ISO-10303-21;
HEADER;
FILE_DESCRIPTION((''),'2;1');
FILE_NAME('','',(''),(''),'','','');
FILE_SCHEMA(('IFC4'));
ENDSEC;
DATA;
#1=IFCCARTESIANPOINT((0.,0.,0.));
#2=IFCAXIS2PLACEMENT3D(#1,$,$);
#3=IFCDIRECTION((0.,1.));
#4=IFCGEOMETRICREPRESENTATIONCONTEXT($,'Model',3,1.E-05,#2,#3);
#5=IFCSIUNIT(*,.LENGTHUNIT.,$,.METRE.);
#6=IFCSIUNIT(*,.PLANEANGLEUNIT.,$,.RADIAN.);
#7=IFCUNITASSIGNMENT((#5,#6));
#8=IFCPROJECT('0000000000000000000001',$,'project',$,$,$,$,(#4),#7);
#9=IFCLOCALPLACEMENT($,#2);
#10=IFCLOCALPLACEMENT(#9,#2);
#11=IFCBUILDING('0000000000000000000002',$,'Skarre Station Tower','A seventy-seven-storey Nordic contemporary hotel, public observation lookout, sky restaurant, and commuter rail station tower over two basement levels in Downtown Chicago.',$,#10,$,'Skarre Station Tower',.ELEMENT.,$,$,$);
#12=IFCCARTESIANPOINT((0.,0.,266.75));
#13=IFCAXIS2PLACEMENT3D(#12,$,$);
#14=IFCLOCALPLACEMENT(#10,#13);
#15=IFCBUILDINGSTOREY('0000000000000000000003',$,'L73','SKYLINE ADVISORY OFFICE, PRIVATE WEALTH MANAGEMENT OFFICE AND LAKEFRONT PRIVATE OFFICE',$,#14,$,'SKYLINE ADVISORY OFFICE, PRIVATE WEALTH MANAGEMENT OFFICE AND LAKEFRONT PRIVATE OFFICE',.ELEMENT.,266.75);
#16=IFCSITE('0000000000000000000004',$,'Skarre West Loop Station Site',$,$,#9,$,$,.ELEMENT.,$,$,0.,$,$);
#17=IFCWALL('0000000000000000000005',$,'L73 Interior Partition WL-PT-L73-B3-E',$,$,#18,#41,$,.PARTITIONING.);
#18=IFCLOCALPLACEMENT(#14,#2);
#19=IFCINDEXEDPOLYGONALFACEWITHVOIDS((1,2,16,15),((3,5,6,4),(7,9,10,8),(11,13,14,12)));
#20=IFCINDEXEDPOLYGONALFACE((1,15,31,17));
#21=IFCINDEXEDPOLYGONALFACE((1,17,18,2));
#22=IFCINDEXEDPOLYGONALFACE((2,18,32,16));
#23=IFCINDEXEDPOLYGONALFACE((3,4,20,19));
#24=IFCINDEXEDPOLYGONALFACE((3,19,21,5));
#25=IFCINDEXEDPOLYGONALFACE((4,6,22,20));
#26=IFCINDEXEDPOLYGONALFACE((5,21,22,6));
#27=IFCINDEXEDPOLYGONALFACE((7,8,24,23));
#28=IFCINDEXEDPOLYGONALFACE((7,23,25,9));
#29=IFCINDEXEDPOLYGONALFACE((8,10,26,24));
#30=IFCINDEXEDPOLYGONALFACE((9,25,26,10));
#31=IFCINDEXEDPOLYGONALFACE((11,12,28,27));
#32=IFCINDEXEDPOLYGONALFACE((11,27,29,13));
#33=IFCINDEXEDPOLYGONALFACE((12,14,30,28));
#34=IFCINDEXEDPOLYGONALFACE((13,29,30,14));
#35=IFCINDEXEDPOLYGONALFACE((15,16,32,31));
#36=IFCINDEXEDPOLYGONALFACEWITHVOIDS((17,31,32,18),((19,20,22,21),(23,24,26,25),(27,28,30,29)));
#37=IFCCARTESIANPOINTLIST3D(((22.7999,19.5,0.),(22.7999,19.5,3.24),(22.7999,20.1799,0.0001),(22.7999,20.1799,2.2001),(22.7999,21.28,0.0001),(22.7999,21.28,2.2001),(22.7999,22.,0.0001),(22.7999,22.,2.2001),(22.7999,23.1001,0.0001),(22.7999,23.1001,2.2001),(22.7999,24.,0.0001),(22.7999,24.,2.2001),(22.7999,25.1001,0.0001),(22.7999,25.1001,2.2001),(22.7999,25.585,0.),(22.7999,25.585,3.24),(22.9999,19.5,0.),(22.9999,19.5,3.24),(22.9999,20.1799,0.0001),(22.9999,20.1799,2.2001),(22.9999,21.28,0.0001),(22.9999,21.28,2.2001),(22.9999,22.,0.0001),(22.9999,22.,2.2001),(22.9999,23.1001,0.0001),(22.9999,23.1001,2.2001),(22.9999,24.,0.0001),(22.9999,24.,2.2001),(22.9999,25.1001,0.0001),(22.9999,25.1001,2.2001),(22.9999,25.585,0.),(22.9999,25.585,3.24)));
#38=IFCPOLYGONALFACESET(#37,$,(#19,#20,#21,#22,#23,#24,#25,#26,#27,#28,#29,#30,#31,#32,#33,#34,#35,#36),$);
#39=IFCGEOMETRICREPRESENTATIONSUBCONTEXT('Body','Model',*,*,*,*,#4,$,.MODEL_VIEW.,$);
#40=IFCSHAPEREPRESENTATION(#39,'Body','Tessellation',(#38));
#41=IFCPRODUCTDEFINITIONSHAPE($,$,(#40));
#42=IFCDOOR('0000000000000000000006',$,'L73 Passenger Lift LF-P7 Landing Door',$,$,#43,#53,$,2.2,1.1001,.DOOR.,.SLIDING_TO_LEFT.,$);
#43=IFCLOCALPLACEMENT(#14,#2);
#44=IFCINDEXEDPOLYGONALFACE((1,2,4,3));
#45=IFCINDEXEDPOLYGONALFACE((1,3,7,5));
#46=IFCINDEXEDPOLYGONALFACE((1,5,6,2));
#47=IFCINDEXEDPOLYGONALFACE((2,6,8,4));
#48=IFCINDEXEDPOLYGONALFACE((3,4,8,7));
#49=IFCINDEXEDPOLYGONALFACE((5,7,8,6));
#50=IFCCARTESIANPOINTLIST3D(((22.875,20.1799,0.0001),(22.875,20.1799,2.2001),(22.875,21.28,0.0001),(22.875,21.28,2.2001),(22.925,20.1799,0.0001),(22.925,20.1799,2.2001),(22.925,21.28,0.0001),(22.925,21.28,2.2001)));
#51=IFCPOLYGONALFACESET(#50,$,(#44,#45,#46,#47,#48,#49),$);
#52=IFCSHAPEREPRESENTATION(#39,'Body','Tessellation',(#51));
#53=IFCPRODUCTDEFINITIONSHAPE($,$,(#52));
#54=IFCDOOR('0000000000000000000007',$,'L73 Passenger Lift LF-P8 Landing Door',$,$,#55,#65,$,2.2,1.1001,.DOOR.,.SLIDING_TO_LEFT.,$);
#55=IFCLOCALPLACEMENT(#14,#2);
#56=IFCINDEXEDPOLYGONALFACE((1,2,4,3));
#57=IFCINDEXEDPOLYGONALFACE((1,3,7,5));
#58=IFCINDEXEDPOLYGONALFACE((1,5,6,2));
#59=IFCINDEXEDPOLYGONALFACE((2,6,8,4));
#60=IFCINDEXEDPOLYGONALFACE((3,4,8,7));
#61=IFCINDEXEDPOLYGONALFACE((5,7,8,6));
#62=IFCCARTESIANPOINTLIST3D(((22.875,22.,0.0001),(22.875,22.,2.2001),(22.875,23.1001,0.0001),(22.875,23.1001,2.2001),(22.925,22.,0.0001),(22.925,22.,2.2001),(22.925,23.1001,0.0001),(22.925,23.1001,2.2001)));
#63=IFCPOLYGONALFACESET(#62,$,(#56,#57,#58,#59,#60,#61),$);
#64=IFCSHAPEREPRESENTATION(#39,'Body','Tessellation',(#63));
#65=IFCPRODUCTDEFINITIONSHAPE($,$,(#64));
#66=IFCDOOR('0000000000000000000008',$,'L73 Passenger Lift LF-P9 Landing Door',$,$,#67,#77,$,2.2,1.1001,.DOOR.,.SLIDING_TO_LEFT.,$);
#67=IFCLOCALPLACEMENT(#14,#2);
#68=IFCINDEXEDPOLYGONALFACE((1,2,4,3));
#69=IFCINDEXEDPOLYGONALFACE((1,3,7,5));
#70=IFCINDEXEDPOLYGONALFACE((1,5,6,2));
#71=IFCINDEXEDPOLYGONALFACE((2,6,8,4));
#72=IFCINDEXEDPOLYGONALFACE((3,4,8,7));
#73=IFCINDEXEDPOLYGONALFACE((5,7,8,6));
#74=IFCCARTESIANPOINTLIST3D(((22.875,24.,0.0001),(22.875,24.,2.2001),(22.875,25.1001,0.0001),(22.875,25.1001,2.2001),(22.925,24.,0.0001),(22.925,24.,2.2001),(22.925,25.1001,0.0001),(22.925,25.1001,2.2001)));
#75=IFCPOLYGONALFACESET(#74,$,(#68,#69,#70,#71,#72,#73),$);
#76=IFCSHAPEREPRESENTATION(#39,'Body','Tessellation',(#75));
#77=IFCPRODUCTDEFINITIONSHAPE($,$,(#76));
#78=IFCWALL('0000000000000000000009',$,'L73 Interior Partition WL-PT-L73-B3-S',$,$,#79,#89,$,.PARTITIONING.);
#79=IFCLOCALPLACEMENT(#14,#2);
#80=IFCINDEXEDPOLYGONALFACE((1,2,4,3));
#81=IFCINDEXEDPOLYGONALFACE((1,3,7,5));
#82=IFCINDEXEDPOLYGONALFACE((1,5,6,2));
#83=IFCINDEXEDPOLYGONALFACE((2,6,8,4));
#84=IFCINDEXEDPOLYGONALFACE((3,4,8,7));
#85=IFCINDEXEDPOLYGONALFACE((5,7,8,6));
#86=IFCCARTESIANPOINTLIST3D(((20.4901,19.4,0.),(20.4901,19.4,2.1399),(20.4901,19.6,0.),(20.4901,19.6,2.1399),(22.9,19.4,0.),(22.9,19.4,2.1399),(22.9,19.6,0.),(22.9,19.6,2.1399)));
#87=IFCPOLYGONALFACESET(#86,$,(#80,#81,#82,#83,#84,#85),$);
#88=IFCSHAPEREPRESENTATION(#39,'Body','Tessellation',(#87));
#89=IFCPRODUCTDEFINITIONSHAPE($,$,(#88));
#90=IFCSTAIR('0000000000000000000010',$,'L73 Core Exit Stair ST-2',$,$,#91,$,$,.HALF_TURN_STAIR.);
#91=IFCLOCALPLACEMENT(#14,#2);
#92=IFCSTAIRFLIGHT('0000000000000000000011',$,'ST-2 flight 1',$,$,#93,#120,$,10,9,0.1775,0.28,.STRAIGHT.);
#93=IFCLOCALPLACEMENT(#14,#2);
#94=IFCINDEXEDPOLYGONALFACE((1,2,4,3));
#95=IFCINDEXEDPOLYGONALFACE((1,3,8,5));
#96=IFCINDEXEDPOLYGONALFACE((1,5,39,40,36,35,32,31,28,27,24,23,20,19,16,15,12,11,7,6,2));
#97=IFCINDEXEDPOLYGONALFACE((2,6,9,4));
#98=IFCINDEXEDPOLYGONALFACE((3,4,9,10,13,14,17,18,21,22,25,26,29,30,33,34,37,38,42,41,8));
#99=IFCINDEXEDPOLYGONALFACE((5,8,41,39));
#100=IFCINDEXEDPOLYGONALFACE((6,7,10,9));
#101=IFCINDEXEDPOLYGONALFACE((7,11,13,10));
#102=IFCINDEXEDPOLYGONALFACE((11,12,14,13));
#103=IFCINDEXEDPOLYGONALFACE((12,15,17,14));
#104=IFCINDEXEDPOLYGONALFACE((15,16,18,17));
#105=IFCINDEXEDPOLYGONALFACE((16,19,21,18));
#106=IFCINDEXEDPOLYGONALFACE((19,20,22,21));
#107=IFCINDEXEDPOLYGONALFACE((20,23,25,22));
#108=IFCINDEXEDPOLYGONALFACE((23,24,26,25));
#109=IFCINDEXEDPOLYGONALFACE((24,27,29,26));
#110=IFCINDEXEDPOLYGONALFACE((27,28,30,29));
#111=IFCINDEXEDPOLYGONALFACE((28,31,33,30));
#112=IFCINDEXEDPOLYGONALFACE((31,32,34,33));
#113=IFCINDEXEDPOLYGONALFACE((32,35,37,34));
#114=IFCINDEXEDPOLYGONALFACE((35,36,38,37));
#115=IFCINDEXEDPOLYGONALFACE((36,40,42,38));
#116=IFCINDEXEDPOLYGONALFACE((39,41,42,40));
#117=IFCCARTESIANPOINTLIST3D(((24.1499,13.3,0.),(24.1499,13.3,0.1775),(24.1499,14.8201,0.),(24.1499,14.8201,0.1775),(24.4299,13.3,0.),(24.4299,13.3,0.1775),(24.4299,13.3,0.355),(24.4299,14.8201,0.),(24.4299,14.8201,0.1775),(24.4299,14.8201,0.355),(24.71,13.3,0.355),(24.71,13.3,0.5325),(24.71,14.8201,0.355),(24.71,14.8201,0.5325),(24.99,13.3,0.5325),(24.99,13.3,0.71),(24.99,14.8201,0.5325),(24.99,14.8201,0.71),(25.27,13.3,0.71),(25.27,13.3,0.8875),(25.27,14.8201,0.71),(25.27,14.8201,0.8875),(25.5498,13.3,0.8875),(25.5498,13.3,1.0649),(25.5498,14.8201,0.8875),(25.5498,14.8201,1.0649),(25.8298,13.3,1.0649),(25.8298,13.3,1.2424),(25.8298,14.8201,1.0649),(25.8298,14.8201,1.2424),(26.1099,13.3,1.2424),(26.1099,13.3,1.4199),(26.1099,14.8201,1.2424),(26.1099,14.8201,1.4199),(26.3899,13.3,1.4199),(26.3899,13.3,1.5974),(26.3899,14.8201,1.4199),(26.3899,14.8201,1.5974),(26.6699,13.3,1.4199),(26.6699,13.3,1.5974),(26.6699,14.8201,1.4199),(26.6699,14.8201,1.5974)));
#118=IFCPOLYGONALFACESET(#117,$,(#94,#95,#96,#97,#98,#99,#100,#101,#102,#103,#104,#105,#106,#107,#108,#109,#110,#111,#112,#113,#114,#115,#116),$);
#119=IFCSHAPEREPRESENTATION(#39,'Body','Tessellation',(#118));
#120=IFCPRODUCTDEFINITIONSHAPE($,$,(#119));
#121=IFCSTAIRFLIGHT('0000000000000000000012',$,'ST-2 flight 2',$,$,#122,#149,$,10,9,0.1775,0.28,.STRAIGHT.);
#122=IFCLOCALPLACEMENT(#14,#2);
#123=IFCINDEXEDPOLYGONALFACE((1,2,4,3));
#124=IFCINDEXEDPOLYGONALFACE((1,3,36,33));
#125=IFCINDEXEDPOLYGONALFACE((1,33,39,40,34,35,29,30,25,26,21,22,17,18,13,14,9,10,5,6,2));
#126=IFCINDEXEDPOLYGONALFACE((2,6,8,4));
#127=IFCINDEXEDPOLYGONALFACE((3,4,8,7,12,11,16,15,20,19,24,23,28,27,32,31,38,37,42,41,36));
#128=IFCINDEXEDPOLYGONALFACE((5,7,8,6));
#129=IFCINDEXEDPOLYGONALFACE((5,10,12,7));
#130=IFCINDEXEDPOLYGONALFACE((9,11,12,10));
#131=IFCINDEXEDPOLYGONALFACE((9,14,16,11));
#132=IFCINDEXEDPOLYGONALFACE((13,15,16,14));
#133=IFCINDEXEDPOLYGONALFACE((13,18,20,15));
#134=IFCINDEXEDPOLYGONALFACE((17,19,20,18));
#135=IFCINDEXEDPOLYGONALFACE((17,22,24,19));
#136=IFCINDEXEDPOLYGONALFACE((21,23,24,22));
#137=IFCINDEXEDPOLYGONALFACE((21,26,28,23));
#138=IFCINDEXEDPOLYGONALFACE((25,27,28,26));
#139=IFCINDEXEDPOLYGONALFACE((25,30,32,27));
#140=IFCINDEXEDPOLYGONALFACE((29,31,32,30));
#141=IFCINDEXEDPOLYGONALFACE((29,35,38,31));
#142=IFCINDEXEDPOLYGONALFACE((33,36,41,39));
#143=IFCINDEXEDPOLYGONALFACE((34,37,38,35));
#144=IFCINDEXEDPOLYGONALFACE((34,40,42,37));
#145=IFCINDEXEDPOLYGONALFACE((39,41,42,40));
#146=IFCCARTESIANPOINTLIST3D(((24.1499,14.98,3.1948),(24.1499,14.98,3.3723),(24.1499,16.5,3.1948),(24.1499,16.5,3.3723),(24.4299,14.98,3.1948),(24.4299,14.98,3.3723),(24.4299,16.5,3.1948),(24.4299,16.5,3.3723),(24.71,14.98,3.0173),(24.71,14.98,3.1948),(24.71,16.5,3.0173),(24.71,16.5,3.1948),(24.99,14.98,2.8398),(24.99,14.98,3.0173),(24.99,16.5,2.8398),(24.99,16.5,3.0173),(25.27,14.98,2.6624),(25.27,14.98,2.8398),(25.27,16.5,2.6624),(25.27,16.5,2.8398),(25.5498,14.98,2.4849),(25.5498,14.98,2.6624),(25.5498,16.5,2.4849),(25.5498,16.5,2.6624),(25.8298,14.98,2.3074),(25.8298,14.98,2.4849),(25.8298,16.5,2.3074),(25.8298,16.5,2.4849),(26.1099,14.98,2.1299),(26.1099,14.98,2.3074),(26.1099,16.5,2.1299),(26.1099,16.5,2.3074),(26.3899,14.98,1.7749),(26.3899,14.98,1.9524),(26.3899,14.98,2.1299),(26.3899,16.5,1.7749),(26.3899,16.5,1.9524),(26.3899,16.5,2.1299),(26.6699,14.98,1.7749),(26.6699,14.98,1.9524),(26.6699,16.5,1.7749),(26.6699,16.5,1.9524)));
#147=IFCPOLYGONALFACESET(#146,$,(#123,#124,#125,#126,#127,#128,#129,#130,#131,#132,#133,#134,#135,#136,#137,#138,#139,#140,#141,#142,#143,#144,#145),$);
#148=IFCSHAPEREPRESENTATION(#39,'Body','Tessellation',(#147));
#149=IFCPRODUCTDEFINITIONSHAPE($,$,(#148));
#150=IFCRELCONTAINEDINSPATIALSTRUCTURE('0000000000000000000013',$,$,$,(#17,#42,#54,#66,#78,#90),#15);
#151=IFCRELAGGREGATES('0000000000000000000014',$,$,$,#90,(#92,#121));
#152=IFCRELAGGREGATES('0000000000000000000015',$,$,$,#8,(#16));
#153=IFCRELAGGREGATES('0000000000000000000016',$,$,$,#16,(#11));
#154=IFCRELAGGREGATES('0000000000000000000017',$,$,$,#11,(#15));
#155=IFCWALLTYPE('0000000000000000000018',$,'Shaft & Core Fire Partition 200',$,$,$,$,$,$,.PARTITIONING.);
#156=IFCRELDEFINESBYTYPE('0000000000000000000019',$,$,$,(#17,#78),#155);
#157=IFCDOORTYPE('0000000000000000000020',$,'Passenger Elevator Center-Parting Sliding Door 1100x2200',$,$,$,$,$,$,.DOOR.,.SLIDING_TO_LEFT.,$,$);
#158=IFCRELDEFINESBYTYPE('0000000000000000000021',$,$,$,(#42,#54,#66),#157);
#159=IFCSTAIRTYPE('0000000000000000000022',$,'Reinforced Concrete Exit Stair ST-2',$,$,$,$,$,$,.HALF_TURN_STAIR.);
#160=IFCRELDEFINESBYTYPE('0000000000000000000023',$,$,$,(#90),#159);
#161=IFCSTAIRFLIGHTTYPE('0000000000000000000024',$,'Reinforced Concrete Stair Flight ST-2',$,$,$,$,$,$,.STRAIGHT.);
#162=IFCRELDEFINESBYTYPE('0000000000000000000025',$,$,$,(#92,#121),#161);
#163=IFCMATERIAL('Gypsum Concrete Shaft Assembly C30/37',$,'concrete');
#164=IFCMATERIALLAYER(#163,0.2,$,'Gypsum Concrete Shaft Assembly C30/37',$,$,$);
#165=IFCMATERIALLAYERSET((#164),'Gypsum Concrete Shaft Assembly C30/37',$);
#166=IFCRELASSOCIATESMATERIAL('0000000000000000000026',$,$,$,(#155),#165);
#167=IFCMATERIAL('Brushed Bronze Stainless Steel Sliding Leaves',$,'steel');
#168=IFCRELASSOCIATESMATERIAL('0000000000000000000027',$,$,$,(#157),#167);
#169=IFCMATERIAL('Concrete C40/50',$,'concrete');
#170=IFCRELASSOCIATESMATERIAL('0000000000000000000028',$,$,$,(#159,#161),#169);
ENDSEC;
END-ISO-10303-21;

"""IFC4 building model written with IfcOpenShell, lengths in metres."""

from ifc_helpers import new_model, si_unit, direction, frame, frame_2d, origin, place, context, subcontext, project, spatial, polyline, rectangle, outline, extrude, material, layer, layer_set, type_object, element, fill, aggregate, save


model = new_model("IFC4")

# Units and contexts
model_context = context("Model", 3, precision=1e-05, world=origin(), true_north=direction((0.0, 1.0)))
body_context = subcontext(model_context, "Body", "Model", "MODEL_VIEW")
ifc_project = project(units=[si_unit("LENGTHUNIT", "METRE"), si_unit("PLANEANGLEUNIT", "RADIAN")], contexts=[model_context])

# Site, building, storey
site_placement = place(None, origin())
site = spatial("IfcSite", under=ifc_project, at=site_placement, Name="Skarre West Loop Station Site", CompositionType="ELEMENT", RefElevation=0.0)
building_placement = place(site_placement, origin())
building = spatial("IfcBuilding", under=site, at=building_placement, Name="Skarre Station Tower", Description="A seventy-seven-storey Nordic contemporary hotel, public observation lookout, sky restaurant, and commuter rail station tower over two basement levels in Downtown Chicago.", LongName="Skarre Station Tower", CompositionType="ELEMENT")
storey_placement = place(building_placement, frame((0.0, 0.0, 266.75)))
storey = spatial("IfcBuildingStorey", under=building, at=storey_placement, Name="L73", Description="SKYLINE ADVISORY OFFICE, PRIVATE WEALTH MANAGEMENT OFFICE AND LAKEFRONT PRIVATE OFFICE", LongName="SKYLINE ADVISORY OFFICE, PRIVATE WEALTH MANAGEMENT OFFICE AND LAKEFRONT PRIVATE OFFICE", CompositionType="ELEMENT", Elevation=266.75)

# Wall, openings, doors
ifc_material_1 = material(Name="Gypsum Concrete Shaft Assembly C30/37", Category="concrete")
ifc_layer_1 = layer(ifc_material_1, 0.2, Name="Gypsum Concrete Shaft Assembly C30/37")
ifc_layer_set_1 = layer_set([ifc_layer_1], Name="Gypsum Concrete Shaft Assembly C30/37")
wall_type_1 = type_object("IfcWallType", Name="Shaft & Core Fire Partition 200", PredefinedType="PARTITIONING", material=ifc_layer_set_1)
wall_1_placement = place(storey_placement, frame((22.8999, 19.5, 0.0), z_axis=(0.0, 0.0, 1.0), x_axis=(0.0, 1.0, 0.0)))
wall_1 = element("IfcWall", 1, at=wall_1_placement, inside=storey, type_object=wall_type_1, Name="L73 Interior Partition WL-PT-L73-B3-E", PredefinedType="PARTITIONING", context=body_context, shape_type="SweptSolid", body=[
    extrude(rectangle(XDim=6.085, YDim=0.2, at=frame_2d((3.0425, 0.0))), origin(), (0.0, 0.0, 1.0), 3.24),
])
opening_1_placement = place(wall_1_placement, frame((0.6799, 0.0, 0.0)))
opening_1 = element("IfcOpeningElement", 2, at=opening_1_placement, cuts=wall_1, PredefinedType="OPENING", context=body_context, shape_type="SweptSolid", body=[
    extrude(rectangle(XDim=1.1001, YDim=2.2, at=frame_2d((0.55, 1.1001))), frame((0.0, 0.1099, 0.0), z_axis=(0.0, -1.0, 0.0), x_axis=(1.0, 0.0, 0.0)), (0.0, 0.0, 1.0), 0.22),
])
opening_2_placement = place(wall_1_placement, frame((2.5, 0.0, 0.0)))
opening_2 = element("IfcOpeningElement", 3, at=opening_2_placement, cuts=wall_1, PredefinedType="OPENING", context=body_context, shape_type="SweptSolid", body=[
    extrude(rectangle(XDim=1.1001, YDim=2.2, at=frame_2d((0.55, 1.1001))), frame((0.0, 0.1099, 0.0), z_axis=(0.0, -1.0, 0.0), x_axis=(1.0, 0.0, 0.0)), (0.0, 0.0, 1.0), 0.22),
])
opening_3_placement = place(wall_1_placement, frame((4.5, 0.0, 0.0)))
opening_3 = element("IfcOpeningElement", 4, at=opening_3_placement, cuts=wall_1, PredefinedType="OPENING", context=body_context, shape_type="SweptSolid", body=[
    extrude(rectangle(XDim=1.1001, YDim=2.2, at=frame_2d((0.55, 1.1001))), frame((0.0, 0.1099, 0.0), z_axis=(0.0, -1.0, 0.0), x_axis=(1.0, 0.0, 0.0)), (0.0, 0.0, 1.0), 0.22),
])
ifc_material_2 = material(Name="Brushed Bronze Stainless Steel Sliding Leaves", Category="steel")
door_type_1 = type_object("IfcDoorType", Name="Passenger Elevator Center-Parting Sliding Door 1100x2200", OperationType="SLIDING_TO_LEFT", PredefinedType="DOOR", material=ifc_material_2)
door_1_placement = place(opening_1_placement, origin())
door_1 = element("IfcDoor", 5, at=door_1_placement, inside=storey, type_object=door_type_1, Name="L73 Passenger Lift LF-P7 Landing Door", OperationType="SLIDING_TO_LEFT", OverallHeight=2.2, OverallWidth=1.1001, PredefinedType="DOOR", context=body_context, shape_type="SweptSolid", body=[
    extrude(rectangle(XDim=1.1001, YDim=2.2, at=frame_2d((0.55, 1.1001))), frame((0.0, 0.0249, 0.0), z_axis=(0.0, -1.0, 0.0), x_axis=(1.0, 0.0, 0.0)), (0.0, 0.0, 1.0), 0.05),
])
fill(opening_1, door_1)
door_2_placement = place(opening_2_placement, origin())
door_2 = element("IfcDoor", 6, at=door_2_placement, inside=storey, type_object=door_type_1, Name="L73 Passenger Lift LF-P8 Landing Door", OperationType="SLIDING_TO_LEFT", OverallHeight=2.2, OverallWidth=1.1001, PredefinedType="DOOR", context=body_context, shape_type="SweptSolid", body=[
    extrude(rectangle(XDim=1.1001, YDim=2.2, at=frame_2d((0.55, 1.1001))), frame((0.0, 0.0249, 0.0), z_axis=(0.0, -1.0, 0.0), x_axis=(1.0, 0.0, 0.0)), (0.0, 0.0, 1.0), 0.05),
])
fill(opening_2, door_2)
door_3_placement = place(opening_3_placement, origin())
door_3 = element("IfcDoor", 7, at=door_3_placement, inside=storey, type_object=door_type_1, Name="L73 Passenger Lift LF-P9 Landing Door", OperationType="SLIDING_TO_LEFT", OverallHeight=2.2, OverallWidth=1.1001, PredefinedType="DOOR", context=body_context, shape_type="SweptSolid", body=[
    extrude(rectangle(XDim=1.1001, YDim=2.2, at=frame_2d((0.55, 1.1001))), frame((0.0, 0.0249, 0.0), z_axis=(0.0, -1.0, 0.0), x_axis=(1.0, 0.0, 0.0)), (0.0, 0.0, 1.0), 0.05),
])
fill(opening_3, door_3)

# Wall
wall_2_placement = place(storey_placement, frame((20.49, 19.5, 0.0), z_axis=(0.0, 0.0, 1.0), x_axis=(1.0, 0.0, 0.0)))
element("IfcWall", 8, at=wall_2_placement, inside=storey, type_object=wall_type_1, Name="L73 Interior Partition WL-PT-L73-B3-S", PredefinedType="PARTITIONING", context=body_context, shape_type="SweptSolid", body=[
    extrude(rectangle(XDim=2.4099, YDim=0.2, at=frame_2d((1.2051, 0.0))), origin(), (0.0, 0.0, 1.0), 2.1399),
])

# Stair, stair flights
ifc_material_3 = material(Name="Concrete C40/50", Category="concrete")
stair_type = type_object("IfcStairType", Name="Reinforced Concrete Exit Stair ST-2", PredefinedType="HALF_TURN_STAIR", material=ifc_material_3)
stair_placement = place(storey_placement, origin())
stair = element("IfcStair", 9, at=stair_placement, inside=storey, type_object=stair_type, Name="L73 Core Exit Stair ST-2", PredefinedType="HALF_TURN_STAIR")
stair_flight_type = type_object("IfcStairFlightType", Name="Reinforced Concrete Stair Flight ST-2", PredefinedType="STRAIGHT", material=ifc_material_3)
stair_flight_1_placement = place(storey_placement, frame((24.1499, 14.0601, 0.0), z_axis=(0.0, 0.0, 1.0), x_axis=(1.0, 0.0, 0.0)))
stair_flight_1 = element("IfcStairFlight", 10, at=stair_flight_1_placement, type_object=stair_flight_type, Name="ST-2 flight 1", NumberOfRisers=10, NumberOfTreads=9, PredefinedType="STRAIGHT", RiserHeight=0.1775, TreadLength=0.28, context=body_context, shape_type="SweptSolid", body=[
    extrude(outline(polyline([(0.0, 0.0), (0.0, 0.1775), (0.28, 0.1775), (0.28, 0.355), (0.5601, 0.355), (0.5601, 0.5325), (0.8401, 0.5325), (0.8401, 0.71), (1.1201, 0.71), (1.1201, 0.8875), (1.3999, 0.8875), (1.3999, 1.0649), (1.6799, 1.0649), (1.6799, 1.2424), (1.96, 1.2424), (1.96, 1.4199), (2.24, 1.4199), (2.24, 1.5974), (2.52, 1.5974), (2.52, 1.7749), (2.52, 1.4199), (0.28, 0.0), (0.0, 0.0)])), frame((0.0, 0.76, 0.0), z_axis=(0.0, -1.0, 0.0), x_axis=(1.0, 0.0, 0.0)), (0.0, 0.0, 1.0), 1.52),
])
stair_flight_2_placement = place(storey_placement, frame((26.6699, 15.74, 1.7749), z_axis=(0.0, 0.0, 1.0), x_axis=(-1.0, 0.0, 0.0)))
stair_flight_2 = element("IfcStairFlight", 11, at=stair_flight_2_placement, type_object=stair_flight_type, Name="ST-2 flight 2", NumberOfRisers=10, NumberOfTreads=9, PredefinedType="STRAIGHT", RiserHeight=0.1775, TreadLength=0.28, context=body_context, shape_type="SweptSolid", body=[
    extrude(outline(polyline([(0.0, 0.0), (0.0, 0.1775), (0.28, 0.1775), (0.28, 0.355), (0.5601, 0.355), (0.5601, 0.5325), (0.8401, 0.5325), (0.8401, 0.71), (1.1201, 0.71), (1.1201, 0.8875), (1.3999, 0.8875), (1.3999, 1.0649), (1.6799, 1.0649), (1.6799, 1.2424), (1.96, 1.2424), (1.96, 1.4199), (2.24, 1.4199), (2.24, 1.5974), (2.52, 1.5974), (2.52, 1.7749), (2.52, 1.4199), (0.28, 0.0), (0.0, 0.0)])), frame((0.0, 0.76, 0.0), z_axis=(0.0, -1.0, 0.0), x_axis=(1.0, 0.0, 0.0)), (0.0, 0.0, 1.0), 1.52),
])
aggregate(stair, [stair_flight_1, stair_flight_2])

save(model, "model.ifc")
